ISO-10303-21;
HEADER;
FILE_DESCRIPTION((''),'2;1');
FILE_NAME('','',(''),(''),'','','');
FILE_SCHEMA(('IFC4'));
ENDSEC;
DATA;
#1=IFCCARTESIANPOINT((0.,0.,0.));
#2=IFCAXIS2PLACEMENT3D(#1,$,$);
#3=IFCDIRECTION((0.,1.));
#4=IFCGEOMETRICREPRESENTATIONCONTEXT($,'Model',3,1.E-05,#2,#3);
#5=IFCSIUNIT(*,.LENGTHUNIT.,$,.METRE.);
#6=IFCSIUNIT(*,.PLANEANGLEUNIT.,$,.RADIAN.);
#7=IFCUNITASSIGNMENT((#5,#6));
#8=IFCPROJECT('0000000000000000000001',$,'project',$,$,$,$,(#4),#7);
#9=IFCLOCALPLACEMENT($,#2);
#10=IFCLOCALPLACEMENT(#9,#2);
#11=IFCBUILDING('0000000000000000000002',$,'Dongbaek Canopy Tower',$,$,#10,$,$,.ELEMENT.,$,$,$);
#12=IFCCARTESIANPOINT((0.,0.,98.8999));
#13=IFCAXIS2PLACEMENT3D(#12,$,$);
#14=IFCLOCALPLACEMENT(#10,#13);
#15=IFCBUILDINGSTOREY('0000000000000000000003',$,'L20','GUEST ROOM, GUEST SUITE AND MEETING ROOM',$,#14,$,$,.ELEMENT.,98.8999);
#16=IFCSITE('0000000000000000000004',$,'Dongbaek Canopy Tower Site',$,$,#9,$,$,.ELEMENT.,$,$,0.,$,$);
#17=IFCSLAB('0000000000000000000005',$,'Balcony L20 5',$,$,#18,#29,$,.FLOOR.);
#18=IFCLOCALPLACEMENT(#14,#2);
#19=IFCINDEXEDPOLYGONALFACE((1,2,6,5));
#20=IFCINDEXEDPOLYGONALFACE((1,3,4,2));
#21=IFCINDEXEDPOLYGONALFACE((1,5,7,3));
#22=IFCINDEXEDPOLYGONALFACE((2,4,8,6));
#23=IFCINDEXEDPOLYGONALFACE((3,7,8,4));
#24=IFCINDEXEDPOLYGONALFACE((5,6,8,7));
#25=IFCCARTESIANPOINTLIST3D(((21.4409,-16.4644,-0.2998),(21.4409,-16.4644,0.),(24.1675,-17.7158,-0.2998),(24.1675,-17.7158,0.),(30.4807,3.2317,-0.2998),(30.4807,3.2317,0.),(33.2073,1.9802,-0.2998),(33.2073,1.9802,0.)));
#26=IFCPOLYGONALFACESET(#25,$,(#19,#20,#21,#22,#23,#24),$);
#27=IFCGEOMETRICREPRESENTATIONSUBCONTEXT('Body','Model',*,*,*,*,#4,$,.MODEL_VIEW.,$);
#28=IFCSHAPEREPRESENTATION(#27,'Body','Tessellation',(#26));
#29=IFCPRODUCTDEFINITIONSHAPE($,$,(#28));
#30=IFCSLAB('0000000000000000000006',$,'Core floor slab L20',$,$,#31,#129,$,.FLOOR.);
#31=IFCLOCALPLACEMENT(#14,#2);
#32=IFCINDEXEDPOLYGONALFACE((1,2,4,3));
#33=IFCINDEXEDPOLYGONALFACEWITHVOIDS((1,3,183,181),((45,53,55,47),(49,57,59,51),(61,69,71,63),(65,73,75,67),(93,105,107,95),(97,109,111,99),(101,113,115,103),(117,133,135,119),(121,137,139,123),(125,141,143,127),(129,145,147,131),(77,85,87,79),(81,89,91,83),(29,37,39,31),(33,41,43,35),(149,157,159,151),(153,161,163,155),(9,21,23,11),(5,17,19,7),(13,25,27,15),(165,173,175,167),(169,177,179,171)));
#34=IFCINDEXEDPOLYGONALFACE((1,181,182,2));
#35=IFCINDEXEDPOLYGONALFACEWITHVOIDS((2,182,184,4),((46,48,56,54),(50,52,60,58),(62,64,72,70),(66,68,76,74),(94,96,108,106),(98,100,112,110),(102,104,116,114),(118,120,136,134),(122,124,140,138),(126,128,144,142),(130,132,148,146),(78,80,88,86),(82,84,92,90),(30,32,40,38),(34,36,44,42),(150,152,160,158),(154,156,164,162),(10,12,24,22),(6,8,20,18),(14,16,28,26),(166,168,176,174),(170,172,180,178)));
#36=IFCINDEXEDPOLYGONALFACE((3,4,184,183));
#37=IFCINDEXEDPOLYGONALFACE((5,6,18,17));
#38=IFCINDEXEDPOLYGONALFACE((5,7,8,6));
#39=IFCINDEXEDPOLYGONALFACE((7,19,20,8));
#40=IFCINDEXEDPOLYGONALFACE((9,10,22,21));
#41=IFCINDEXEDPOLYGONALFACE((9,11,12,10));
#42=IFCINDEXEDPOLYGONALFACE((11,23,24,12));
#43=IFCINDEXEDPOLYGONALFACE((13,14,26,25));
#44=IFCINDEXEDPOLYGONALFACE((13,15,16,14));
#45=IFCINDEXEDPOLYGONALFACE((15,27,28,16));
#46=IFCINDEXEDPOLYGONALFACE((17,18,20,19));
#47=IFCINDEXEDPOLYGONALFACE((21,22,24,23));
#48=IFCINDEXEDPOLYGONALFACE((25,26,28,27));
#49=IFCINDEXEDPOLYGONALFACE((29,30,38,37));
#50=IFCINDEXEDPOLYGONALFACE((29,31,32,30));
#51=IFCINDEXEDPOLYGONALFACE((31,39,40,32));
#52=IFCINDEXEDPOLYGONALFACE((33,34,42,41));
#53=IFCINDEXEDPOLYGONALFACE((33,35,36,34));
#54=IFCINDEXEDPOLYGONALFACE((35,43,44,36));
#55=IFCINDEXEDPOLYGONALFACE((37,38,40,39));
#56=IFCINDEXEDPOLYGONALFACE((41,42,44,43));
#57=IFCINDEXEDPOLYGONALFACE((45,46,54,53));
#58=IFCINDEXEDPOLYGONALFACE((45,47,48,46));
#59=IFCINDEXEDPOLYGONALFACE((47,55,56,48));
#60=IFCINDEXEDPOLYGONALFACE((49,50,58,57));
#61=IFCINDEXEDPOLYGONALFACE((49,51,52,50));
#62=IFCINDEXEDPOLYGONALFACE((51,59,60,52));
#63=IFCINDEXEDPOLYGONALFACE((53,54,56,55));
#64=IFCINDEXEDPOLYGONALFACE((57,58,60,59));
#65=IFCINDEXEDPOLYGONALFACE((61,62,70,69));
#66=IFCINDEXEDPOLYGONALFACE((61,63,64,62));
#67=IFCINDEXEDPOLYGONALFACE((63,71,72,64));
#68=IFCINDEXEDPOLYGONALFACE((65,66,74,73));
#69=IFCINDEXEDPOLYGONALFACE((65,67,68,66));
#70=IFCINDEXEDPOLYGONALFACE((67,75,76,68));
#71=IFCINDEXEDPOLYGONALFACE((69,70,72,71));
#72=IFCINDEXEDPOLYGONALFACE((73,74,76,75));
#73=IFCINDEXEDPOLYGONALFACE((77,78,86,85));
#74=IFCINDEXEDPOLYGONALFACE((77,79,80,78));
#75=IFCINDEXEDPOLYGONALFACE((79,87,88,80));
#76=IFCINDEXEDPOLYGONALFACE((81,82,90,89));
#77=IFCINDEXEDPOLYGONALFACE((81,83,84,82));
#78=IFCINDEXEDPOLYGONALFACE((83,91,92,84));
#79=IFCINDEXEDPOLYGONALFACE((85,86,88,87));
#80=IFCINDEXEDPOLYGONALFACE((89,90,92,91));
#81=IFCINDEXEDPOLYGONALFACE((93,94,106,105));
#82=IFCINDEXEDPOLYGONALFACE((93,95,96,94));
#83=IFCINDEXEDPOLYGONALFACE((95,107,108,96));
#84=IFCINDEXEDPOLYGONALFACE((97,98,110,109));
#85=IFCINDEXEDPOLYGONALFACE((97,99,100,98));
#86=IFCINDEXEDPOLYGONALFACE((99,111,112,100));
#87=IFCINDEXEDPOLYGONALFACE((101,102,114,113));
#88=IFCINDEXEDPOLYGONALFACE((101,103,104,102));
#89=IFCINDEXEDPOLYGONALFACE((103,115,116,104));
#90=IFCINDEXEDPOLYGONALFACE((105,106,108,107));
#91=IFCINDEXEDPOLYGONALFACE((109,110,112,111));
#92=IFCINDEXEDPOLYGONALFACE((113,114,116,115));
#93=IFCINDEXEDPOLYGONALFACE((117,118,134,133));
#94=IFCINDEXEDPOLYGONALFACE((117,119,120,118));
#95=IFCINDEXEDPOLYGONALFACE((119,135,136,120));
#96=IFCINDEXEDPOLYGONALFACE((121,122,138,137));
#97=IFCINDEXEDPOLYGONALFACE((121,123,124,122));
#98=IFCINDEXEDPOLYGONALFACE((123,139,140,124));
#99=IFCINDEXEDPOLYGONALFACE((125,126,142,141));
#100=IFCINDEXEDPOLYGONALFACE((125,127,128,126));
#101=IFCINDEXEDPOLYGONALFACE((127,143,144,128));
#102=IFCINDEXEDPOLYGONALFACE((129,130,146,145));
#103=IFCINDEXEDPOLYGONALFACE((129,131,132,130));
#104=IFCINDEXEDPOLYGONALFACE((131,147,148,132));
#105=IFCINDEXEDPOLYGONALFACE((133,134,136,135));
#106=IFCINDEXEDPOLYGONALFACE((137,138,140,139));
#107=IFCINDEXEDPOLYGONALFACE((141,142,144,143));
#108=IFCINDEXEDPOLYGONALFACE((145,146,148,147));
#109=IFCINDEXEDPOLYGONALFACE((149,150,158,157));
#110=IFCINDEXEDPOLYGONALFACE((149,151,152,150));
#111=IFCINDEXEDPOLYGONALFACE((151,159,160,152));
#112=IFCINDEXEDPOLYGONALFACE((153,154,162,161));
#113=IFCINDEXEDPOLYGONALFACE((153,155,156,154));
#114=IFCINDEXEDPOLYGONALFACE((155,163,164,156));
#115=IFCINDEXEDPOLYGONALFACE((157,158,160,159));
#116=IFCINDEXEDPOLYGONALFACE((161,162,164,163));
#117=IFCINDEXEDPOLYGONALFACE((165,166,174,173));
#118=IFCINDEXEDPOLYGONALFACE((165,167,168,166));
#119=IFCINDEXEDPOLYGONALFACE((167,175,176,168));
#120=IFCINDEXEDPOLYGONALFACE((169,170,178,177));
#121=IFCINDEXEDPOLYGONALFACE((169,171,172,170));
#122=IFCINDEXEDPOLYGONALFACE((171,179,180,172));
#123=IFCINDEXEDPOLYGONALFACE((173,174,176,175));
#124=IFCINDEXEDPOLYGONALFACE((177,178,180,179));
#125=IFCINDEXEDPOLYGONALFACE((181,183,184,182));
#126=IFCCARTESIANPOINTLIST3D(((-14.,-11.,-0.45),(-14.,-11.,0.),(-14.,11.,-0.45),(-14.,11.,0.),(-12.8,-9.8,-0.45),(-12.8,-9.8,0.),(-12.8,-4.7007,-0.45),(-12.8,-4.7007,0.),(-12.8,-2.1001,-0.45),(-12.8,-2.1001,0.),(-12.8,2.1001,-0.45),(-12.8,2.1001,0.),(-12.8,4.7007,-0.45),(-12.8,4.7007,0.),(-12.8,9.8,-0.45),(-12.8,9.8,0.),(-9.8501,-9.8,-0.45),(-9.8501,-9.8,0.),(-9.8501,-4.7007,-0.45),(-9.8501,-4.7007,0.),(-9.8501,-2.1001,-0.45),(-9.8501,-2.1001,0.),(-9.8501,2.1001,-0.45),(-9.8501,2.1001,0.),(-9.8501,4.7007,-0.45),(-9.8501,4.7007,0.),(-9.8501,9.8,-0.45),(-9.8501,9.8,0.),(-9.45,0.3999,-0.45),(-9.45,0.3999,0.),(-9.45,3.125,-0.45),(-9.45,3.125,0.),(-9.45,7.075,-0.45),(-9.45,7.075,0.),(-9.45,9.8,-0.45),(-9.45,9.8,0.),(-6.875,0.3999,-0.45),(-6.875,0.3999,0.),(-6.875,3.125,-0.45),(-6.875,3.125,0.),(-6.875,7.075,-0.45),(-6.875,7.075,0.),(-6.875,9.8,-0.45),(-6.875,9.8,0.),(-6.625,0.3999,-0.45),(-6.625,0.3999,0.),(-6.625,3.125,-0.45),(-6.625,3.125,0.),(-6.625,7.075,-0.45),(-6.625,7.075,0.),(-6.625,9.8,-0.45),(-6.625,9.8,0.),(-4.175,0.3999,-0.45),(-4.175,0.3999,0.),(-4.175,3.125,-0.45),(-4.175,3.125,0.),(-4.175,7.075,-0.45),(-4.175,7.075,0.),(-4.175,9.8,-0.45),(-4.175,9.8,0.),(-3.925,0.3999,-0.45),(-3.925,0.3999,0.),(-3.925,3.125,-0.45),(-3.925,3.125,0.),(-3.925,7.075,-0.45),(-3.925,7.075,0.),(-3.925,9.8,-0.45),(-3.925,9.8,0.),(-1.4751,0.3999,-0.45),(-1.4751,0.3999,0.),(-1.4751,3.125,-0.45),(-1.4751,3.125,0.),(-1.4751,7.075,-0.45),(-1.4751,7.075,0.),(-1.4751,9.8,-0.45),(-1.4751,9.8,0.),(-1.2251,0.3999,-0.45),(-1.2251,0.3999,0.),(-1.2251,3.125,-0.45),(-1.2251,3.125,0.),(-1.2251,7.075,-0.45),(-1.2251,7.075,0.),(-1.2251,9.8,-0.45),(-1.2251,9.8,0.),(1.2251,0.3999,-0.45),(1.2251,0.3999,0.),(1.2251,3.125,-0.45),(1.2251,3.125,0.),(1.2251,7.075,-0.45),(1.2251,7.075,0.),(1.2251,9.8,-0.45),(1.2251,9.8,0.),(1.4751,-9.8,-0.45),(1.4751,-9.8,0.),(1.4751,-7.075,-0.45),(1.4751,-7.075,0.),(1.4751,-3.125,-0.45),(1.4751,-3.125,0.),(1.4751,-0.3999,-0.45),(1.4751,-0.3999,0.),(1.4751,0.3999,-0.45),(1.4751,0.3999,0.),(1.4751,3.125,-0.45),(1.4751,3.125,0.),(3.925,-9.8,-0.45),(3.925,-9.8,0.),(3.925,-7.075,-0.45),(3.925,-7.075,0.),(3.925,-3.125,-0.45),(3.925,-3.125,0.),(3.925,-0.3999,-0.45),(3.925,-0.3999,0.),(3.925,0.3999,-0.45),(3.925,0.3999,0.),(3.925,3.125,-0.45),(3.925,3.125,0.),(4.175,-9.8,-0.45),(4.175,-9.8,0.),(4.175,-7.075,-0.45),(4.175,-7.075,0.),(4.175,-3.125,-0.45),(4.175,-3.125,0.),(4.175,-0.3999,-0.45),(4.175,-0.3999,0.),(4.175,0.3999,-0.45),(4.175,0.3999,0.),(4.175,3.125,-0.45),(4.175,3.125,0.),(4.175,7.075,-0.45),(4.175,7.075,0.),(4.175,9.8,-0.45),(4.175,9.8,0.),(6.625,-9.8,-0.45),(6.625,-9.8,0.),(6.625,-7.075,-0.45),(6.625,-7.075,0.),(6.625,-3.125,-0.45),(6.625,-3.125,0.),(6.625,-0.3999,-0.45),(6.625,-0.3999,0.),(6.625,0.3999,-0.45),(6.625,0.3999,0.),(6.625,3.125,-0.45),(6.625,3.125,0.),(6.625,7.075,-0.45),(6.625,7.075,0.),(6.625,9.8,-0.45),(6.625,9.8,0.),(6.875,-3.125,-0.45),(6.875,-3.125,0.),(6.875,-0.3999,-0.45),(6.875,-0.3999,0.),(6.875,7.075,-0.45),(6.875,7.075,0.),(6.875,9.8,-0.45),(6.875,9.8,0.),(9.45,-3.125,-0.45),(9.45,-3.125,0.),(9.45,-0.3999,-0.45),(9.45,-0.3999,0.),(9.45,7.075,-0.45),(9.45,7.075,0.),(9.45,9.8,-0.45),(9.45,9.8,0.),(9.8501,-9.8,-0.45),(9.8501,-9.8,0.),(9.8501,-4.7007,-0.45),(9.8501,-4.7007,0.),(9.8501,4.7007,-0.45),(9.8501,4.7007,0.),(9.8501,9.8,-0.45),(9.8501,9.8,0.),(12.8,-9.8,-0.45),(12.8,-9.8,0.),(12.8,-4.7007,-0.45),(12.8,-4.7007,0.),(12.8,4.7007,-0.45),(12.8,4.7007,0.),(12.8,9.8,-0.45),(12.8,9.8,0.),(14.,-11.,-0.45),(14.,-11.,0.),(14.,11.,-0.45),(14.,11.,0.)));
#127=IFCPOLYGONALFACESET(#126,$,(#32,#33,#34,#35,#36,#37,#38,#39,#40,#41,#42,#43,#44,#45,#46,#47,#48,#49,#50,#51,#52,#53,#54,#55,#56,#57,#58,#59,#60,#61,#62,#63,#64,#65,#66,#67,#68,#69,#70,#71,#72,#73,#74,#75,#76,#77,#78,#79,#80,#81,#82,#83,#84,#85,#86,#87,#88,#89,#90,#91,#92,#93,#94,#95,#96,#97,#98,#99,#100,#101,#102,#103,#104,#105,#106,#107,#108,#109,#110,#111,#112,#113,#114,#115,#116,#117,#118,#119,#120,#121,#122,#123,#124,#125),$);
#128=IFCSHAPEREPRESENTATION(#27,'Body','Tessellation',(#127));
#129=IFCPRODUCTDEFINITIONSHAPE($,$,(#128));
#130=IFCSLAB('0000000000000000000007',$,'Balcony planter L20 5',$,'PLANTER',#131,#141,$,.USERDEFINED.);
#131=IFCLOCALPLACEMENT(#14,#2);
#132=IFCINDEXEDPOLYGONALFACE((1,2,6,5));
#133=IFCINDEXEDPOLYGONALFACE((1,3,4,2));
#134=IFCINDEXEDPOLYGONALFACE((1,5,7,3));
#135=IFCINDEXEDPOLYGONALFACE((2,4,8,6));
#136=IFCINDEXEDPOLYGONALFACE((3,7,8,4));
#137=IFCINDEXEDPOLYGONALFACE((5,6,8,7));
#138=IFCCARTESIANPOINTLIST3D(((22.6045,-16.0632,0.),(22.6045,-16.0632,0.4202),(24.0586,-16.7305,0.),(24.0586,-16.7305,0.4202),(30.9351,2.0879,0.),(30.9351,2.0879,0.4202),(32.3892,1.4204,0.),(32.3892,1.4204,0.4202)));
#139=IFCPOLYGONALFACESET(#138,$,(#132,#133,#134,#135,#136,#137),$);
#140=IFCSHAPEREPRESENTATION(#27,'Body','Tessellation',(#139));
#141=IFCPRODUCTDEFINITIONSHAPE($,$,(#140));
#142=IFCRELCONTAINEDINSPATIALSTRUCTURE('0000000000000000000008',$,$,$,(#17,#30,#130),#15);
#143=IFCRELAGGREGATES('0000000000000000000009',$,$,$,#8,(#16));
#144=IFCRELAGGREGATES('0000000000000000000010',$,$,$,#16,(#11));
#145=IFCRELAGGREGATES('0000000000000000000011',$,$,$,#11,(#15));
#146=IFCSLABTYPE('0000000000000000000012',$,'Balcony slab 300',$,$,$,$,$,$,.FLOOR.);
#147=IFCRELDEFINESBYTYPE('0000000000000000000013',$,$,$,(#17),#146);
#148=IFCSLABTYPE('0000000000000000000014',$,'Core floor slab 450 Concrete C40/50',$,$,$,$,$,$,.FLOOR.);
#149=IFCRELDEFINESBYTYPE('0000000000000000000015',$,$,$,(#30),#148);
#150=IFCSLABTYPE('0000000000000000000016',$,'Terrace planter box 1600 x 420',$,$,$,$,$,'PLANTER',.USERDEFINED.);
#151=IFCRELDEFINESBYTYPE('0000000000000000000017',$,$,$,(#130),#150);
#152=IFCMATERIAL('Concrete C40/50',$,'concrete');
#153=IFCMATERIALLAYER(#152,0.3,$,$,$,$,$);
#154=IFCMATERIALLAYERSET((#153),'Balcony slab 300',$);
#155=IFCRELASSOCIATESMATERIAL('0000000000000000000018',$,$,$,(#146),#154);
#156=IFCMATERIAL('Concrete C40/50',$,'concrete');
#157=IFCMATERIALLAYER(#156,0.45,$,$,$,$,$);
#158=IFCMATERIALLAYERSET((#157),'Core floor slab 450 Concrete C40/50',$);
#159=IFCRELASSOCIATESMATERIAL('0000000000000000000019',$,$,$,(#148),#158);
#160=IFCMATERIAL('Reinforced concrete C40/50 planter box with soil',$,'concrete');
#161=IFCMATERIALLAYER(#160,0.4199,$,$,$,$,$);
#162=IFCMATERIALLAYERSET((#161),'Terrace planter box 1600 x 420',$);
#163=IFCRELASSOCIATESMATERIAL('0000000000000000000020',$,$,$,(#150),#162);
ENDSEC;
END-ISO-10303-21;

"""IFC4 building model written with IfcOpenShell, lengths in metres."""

from ifc_helpers import new_model, si_unit, direction, frame, origin, place, context, subcontext, project, spatial, polyline, outline, extrude, material, layer, layer_set, type_object, element, save


model = new_model("IFC4")

# Units and contexts
model_context = context("Model", 3, precision=1e-05, world=origin(), true_north=direction((0.0, 1.0)))
body_context = subcontext(model_context, "Body", "Model", "MODEL_VIEW")
ifc_project = project(units=[si_unit("LENGTHUNIT", "METRE"), si_unit("PLANEANGLEUNIT", "RADIAN")], contexts=[model_context])

# Site, building, storey
site_placement = place(None, origin())
site = spatial("IfcSite", under=ifc_project, at=site_placement, Name="Dongbaek Canopy Tower Site", CompositionType="ELEMENT", RefElevation=0.0)
building_placement = place(site_placement, origin())
building = spatial("IfcBuilding", under=site, at=building_placement, Name="Dongbaek Canopy Tower", CompositionType="ELEMENT")
storey_placement = place(building_placement, frame((0.0, 0.0, 98.8999)))
storey = spatial("IfcBuildingStorey", under=building, at=storey_placement, Name="L20", Description="GUEST ROOM, GUEST SUITE AND MEETING ROOM", CompositionType="ELEMENT", Elevation=98.8999)

# Slabs
ifc_material_1 = material(Name="Concrete C40/50", Category="concrete")
ifc_layer_1 = layer(ifc_material_1, 0.3)
ifc_layer_set_1 = layer_set([ifc_layer_1], Name="Balcony slab 300")
slab_type_1 = type_object("IfcSlabType", Name="Balcony slab 300", PredefinedType="FLOOR", material=ifc_layer_set_1)
slab_1_placement = place(storey_placement, frame((0.0, 0.0, -0.2998)))
element("IfcSlab", 1, at=slab_1_placement, inside=storey, type_object=slab_type_1, Name="Balcony L20 5", PredefinedType="FLOOR", context=body_context, shape_type="SweptSolid", body=[
    extrude(outline(polyline([(21.4409, -16.4644), (30.4807, 3.2317), (33.2073, 1.9802), (24.1675, -17.7158), (21.4409, -16.4644)])), origin(), (0.0, 0.0, 1.0), 0.2998),
])
ifc_material_2 = material(Name="Concrete C40/50", Category="concrete")
ifc_layer_2 = layer(ifc_material_2, 0.45)
ifc_layer_set_2 = layer_set([ifc_layer_2], Name="Core floor slab 450 Concrete C40/50")
slab_type_2 = type_object("IfcSlabType", Name="Core floor slab 450 Concrete C40/50", PredefinedType="FLOOR", material=ifc_layer_set_2)
slab_2_placement = place(storey_placement, frame((0.0, 0.0, -0.45)))
element("IfcSlab", 2, at=slab_2_placement, inside=storey, type_object=slab_type_2, Name="Core floor slab L20", PredefinedType="FLOOR", context=body_context, shape_type="SweptSolid", body=[
    extrude(outline(polyline([(14.0, -11.0), (14.0, 11.0), (-14.0, 11.0), (-14.0, -11.0), (14.0, -11.0)]), holes=[polyline([(-12.8, 2.1001), (-9.8501, 2.1001), (-9.8501, -2.1001), (-12.8, -2.1001), (-12.8, 2.1001)]), polyline([(-6.875, 9.8), (-6.875, 7.075), (-9.45, 7.075), (-9.45, 9.8), (-6.875, 9.8)]), polyline([(-4.175, 9.8), (-4.175, 7.075), (-6.625, 7.075), (-6.625, 9.8), (-4.175, 9.8)]), polyline([(-1.4751, 9.8), (-1.4751, 7.075), (-3.925, 7.075), (-3.925, 9.8), (-1.4751, 9.8)]), polyline([(1.2251, 9.8), (1.2251, 7.075), (-1.2251, 7.075), (-1.2251, 9.8), (1.2251, 9.8)]), polyline([(6.625, 9.8), (6.625, 7.075), (4.175, 7.075), (4.175, 9.8), (6.625, 9.8)]), polyline([(9.45, 7.075), (6.875, 7.075), (6.875, 9.8), (9.45, 9.8), (9.45, 7.075)]), polyline([(-9.45, 3.125), (-6.875, 3.125), (-6.875, 0.3999), (-9.45, 0.3999), (-9.45, 3.125)]), polyline([(-6.625, 3.125), (-4.175, 3.125), (-4.175, 0.3999), (-6.625, 0.3999), (-6.625, 3.125)]), polyline([(-3.925, 3.125), (-1.4751, 3.125), (-1.4751, 0.3999), (-3.925, 0.3999), (-3.925, 3.125)]), polyline([(-1.2251, 0.3999), (-1.2251, 3.125), (1.2251, 3.125), (1.2251, 0.3999), (-1.2251, 0.3999)]), polyline([(1.4751, 0.3999), (1.4751, 3.125), (3.925, 3.125), (3.925, 0.3999), (1.4751, 0.3999)]), polyline([(4.175, 0.3999), (4.175, 3.125), (6.625, 3.125), (6.625, 0.3999), (4.175, 0.3999)]), polyline([(1.4751, -0.3999), (3.925, -0.3999), (3.925, -3.125), (1.4751, -3.125), (1.4751, -0.3999)]), polyline([(6.625, -0.3999), (6.625, -3.125), (4.175, -3.125), (4.175, -0.3999), (6.625, -0.3999)]), polyline([(9.45, -3.125), (6.875, -3.125), (6.875, -0.3999), (9.45, -0.3999), (9.45, -3.125)]), polyline([(1.4751, -9.8), (1.4751, -7.075), (3.925, -7.075), (3.925, -9.8), (1.4751, -9.8)]), polyline([(4.175, -9.8), (4.175, -7.075), (6.625, -7.075), (6.625, -9.8), (4.175, -9.8)]), polyline([(12.8, 4.7007), (12.8, 9.8), (9.8501, 9.8), (9.8501, 4.7007), (12.8, 4.7007)]), polyline([(-9.8501, 4.7007), (-9.8501, 9.8), (-12.8, 9.8), (-12.8, 4.7007), (-9.8501, 4.7007)]), polyline([(9.8501, -4.7007), (9.8501, -9.8), (12.8, -9.8), (12.8, -4.7007), (9.8501, -4.7007)]), polyline([(-12.8, -4.7007), (-12.8, -9.8), (-9.8501, -9.8), (-9.8501, -4.7007), (-12.8, -4.7007)])]), origin(), (0.0, 0.0, 1.0), 0.45),
])
ifc_material_3 = material(Name="Reinforced concrete C40/50 planter box with soil", Category="concrete")
ifc_layer_3 = layer(ifc_material_3, 0.4199)
ifc_layer_set_3 = layer_set([ifc_layer_3], Name="Terrace planter box 1600 x 420")
slab_type_3 = type_object("IfcSlabType", Name="Terrace planter box 1600 x 420", ElementType="PLANTER", PredefinedType="USERDEFINED", material=ifc_layer_set_3)
slab_3_placement = place(storey_placement, origin())
element("IfcSlab", 3, at=slab_3_placement, inside=storey, type_object=slab_type_3, Name="Balcony planter L20 5", ObjectType="PLANTER", PredefinedType="USERDEFINED", context=body_context, shape_type="SweptSolid", body=[
    extrude(outline(polyline([(22.6045, -16.0632), (30.9351, 2.0879), (32.3892, 1.4204), (24.0586, -16.7305), (22.6045, -16.0632)])), origin(), (0.0, 0.0, 1.0), 0.4202),
])

save(model, "model.ifc")
